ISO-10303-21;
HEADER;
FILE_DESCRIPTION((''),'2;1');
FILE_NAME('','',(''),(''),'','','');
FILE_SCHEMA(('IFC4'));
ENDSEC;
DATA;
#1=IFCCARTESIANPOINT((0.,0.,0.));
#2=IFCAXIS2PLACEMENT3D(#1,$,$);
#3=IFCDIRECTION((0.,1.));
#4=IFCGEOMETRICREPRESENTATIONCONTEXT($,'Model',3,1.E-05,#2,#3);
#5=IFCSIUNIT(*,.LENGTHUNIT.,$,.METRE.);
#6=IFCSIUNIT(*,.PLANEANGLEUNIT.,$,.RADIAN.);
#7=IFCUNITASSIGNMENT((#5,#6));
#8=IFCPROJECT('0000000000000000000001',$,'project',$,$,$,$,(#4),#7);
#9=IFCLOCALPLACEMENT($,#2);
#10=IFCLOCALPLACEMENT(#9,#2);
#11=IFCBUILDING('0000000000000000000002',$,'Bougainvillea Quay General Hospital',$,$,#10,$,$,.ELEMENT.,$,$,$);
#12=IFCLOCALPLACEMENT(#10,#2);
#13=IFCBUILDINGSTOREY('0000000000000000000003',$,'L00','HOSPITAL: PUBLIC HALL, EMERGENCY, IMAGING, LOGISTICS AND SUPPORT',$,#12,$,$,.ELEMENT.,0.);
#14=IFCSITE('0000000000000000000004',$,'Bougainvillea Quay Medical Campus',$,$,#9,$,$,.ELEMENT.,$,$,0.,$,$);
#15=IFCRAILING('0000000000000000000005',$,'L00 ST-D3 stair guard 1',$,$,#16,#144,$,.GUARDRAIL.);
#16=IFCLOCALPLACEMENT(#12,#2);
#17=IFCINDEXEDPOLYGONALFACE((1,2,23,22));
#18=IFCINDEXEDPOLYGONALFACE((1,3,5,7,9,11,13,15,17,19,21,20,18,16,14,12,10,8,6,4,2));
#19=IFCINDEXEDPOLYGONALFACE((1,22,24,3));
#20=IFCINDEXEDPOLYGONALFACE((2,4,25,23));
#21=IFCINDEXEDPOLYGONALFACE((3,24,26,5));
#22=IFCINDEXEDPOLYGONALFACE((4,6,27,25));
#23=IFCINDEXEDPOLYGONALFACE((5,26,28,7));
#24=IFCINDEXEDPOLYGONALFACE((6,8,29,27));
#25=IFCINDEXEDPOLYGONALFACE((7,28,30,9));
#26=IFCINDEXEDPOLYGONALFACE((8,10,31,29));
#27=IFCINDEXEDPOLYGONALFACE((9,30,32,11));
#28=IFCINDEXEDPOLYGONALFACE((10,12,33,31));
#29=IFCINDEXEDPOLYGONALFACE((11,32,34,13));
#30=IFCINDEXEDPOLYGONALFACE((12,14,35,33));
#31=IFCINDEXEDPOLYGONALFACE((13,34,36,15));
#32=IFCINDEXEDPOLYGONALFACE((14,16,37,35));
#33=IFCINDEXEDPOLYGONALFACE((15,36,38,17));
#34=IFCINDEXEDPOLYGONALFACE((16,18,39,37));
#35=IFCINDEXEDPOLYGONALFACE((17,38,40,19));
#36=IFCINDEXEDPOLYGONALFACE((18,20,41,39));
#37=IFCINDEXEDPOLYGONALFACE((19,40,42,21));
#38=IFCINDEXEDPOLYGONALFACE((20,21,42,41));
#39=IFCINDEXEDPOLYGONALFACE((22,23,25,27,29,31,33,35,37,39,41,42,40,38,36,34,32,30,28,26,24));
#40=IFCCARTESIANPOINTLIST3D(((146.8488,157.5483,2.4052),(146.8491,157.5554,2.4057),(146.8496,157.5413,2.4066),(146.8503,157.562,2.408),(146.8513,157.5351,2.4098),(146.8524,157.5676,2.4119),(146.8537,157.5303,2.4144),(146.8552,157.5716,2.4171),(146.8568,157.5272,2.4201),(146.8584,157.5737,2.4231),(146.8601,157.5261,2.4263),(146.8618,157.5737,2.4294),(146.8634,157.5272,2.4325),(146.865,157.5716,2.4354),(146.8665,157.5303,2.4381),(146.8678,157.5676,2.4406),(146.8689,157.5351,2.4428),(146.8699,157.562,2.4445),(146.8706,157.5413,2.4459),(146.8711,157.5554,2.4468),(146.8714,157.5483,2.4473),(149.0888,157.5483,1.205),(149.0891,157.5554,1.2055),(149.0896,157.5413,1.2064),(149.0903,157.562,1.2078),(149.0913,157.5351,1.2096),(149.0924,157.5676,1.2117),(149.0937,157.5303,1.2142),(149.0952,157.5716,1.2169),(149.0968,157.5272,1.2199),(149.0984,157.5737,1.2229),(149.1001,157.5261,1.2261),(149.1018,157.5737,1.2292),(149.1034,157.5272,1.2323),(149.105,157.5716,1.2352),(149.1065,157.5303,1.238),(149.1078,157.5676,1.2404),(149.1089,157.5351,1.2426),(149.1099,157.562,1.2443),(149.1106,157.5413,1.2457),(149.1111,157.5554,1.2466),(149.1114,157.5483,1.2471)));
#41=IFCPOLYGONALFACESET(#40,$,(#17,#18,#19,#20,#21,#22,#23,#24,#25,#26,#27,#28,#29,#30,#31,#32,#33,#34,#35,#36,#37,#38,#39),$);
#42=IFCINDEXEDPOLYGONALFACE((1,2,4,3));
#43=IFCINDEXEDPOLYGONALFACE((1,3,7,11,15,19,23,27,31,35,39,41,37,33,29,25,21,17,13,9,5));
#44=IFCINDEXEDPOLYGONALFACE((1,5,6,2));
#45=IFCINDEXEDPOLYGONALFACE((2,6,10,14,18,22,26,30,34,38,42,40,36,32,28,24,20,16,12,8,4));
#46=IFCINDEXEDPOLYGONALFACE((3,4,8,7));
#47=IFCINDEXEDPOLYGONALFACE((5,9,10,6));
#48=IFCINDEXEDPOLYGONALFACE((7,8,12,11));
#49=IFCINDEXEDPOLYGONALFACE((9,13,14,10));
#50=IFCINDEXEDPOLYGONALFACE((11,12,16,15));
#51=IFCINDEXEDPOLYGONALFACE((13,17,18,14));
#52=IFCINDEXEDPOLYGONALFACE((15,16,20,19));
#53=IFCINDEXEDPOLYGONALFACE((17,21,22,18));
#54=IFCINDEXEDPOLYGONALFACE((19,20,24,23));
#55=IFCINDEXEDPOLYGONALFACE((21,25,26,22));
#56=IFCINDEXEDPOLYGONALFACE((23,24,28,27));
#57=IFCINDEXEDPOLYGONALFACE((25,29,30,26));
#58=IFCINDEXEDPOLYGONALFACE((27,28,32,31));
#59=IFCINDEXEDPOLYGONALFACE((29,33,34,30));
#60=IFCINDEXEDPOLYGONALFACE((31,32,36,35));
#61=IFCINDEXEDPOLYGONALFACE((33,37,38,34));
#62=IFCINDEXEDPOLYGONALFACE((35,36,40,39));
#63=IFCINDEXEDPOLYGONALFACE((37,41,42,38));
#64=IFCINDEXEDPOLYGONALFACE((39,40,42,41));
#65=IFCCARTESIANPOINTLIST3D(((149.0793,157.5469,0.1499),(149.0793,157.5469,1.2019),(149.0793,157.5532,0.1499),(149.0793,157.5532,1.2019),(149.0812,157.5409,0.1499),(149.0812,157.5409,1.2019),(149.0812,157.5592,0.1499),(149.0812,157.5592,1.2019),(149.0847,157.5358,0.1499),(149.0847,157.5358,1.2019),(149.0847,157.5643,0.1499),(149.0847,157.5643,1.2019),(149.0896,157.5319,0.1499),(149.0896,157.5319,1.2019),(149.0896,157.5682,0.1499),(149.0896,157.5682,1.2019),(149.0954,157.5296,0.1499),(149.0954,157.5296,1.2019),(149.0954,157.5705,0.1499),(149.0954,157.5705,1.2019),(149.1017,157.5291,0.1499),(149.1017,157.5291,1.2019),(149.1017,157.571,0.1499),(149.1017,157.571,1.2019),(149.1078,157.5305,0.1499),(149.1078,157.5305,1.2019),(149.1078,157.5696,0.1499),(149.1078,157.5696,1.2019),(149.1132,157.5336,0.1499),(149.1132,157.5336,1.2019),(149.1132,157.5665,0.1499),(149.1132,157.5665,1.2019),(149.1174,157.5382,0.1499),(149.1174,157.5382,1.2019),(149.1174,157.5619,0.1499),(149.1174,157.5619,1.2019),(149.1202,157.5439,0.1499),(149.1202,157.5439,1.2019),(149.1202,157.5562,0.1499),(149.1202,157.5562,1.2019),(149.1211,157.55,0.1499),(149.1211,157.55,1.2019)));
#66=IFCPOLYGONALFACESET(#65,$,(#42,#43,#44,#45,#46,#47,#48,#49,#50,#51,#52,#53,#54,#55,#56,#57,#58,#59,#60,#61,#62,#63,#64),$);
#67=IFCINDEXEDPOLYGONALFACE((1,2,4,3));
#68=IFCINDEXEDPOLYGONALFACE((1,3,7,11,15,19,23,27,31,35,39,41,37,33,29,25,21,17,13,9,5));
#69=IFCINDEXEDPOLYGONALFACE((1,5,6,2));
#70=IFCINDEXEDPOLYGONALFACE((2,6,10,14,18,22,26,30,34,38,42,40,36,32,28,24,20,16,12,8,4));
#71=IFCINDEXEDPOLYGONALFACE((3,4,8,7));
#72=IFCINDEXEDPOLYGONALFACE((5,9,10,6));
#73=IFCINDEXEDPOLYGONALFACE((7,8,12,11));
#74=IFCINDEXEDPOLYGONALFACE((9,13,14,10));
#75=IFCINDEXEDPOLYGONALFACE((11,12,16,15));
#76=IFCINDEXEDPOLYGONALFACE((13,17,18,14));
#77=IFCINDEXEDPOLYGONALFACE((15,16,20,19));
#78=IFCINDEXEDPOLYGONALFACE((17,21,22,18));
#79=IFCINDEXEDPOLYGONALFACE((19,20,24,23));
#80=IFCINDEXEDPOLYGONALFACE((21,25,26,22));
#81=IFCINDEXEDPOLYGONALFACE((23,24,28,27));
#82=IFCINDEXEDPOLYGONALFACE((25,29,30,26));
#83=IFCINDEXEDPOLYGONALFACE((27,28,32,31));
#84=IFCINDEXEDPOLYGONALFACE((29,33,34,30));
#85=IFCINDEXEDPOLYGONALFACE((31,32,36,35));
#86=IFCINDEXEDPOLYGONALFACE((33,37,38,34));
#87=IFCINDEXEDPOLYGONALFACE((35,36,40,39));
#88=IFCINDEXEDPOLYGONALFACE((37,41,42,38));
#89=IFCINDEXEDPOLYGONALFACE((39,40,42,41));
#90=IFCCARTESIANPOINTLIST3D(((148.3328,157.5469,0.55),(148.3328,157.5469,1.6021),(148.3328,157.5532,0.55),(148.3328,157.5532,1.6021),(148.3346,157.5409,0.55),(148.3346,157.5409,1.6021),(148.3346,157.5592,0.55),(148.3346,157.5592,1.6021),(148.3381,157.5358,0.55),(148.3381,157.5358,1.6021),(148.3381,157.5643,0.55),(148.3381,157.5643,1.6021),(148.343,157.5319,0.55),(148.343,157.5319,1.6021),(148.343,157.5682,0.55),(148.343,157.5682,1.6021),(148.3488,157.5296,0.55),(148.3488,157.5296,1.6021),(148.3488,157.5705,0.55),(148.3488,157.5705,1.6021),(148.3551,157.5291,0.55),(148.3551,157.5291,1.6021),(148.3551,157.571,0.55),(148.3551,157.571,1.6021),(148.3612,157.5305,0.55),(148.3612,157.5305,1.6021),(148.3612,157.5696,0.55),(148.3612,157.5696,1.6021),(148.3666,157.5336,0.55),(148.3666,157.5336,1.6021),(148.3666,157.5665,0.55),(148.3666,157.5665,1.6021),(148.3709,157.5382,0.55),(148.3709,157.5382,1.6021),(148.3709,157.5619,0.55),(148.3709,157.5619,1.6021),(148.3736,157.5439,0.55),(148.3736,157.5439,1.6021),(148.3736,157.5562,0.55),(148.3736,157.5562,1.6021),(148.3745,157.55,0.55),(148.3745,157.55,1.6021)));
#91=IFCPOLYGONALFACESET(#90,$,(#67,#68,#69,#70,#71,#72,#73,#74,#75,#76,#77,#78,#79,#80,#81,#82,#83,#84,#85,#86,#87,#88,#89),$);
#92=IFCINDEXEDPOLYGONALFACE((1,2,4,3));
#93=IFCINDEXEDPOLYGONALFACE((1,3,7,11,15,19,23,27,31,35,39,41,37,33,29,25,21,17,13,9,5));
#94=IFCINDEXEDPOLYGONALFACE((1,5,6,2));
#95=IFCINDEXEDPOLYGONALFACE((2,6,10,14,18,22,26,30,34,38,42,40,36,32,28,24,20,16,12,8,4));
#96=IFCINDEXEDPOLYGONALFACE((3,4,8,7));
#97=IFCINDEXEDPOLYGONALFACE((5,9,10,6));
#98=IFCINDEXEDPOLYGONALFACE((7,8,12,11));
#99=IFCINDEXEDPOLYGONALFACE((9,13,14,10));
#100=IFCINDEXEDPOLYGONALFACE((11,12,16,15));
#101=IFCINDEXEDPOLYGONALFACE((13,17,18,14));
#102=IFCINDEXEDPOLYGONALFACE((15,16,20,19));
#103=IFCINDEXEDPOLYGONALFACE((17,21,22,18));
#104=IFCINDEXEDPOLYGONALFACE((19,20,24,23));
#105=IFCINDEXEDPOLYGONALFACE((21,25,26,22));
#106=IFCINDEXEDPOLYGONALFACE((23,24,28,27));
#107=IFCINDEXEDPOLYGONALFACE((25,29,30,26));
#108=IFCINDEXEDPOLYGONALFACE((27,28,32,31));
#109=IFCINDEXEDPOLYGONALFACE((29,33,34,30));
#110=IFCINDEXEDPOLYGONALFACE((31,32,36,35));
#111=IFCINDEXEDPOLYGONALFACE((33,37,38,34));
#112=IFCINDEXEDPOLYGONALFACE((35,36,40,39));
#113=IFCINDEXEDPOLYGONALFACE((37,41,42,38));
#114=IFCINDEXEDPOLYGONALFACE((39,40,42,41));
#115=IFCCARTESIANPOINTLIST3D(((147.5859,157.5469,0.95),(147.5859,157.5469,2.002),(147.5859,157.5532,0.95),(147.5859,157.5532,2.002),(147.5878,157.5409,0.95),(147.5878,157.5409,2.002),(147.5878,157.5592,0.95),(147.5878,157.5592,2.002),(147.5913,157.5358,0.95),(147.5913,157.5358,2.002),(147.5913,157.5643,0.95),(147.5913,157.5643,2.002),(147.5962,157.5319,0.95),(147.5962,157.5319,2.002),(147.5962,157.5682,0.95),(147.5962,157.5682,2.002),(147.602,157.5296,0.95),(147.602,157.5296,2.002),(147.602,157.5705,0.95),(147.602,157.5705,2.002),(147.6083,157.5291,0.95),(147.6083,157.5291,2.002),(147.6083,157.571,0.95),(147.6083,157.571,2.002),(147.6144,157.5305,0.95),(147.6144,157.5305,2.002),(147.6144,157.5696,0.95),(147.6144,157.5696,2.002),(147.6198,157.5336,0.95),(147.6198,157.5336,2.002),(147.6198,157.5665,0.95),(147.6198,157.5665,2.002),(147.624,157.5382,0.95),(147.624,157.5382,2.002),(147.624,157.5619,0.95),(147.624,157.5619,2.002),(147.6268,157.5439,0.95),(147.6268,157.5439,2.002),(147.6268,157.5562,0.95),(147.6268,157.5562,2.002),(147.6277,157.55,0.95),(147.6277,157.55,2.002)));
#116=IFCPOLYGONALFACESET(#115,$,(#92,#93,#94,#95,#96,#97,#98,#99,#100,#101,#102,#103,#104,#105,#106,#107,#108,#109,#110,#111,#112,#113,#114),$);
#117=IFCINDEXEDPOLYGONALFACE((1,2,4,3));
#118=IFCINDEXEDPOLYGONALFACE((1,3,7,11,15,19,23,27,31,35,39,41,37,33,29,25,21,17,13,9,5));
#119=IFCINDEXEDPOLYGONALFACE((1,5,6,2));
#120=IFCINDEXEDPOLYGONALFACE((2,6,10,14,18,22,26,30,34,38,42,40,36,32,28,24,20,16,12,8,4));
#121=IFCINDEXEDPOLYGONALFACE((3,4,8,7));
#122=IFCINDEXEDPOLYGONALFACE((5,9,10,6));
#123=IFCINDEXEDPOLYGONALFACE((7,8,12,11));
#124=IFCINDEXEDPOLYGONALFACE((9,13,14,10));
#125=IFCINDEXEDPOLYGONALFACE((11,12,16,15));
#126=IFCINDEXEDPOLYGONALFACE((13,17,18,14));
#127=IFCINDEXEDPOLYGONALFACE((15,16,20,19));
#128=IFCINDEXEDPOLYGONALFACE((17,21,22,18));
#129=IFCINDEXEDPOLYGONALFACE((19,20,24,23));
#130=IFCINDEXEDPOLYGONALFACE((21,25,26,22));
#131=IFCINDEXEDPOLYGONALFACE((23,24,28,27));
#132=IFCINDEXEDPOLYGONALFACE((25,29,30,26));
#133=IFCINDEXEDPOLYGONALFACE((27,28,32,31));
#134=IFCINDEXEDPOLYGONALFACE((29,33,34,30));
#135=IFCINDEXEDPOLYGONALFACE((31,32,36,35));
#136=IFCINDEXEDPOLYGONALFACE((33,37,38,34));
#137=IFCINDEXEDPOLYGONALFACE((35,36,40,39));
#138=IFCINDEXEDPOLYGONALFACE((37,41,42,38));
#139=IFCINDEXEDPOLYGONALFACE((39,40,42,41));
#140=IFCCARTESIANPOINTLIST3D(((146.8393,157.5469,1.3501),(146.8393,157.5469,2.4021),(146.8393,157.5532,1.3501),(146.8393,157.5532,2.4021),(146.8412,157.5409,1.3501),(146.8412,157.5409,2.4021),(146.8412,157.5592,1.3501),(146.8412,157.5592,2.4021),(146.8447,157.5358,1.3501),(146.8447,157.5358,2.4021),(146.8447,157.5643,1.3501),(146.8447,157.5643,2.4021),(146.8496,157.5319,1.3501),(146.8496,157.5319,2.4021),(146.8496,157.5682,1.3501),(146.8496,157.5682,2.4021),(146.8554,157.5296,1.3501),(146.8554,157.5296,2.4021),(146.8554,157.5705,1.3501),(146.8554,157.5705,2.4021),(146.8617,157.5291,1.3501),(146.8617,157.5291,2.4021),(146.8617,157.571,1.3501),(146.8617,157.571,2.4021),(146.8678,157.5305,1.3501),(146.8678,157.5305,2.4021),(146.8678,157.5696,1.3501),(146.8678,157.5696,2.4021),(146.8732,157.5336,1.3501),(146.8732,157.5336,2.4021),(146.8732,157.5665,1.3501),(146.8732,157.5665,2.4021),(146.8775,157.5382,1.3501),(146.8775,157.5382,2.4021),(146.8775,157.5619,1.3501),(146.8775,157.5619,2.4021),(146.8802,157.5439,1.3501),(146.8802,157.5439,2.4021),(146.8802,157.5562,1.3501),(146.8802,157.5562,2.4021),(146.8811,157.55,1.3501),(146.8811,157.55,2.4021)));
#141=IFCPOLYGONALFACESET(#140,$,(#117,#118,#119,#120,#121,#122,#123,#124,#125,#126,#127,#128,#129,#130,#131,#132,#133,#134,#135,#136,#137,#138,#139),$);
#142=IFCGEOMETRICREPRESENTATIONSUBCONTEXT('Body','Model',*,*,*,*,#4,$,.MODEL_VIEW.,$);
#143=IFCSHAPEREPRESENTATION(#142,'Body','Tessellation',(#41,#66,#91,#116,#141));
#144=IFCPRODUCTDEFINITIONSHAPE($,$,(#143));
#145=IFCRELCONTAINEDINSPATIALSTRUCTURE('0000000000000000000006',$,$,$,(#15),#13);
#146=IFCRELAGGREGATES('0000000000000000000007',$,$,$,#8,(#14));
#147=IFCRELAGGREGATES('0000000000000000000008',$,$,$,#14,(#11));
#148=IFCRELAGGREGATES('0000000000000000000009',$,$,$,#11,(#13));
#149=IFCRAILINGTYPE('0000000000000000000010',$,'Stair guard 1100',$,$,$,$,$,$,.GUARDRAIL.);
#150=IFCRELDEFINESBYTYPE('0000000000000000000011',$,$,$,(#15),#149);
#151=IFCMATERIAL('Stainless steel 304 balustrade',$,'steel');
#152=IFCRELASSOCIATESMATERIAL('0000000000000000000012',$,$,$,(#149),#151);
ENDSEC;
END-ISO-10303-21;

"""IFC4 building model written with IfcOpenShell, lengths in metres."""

from ifc_helpers import new_model, si_unit, direction, frame, origin, origin_2d, place, context, subcontext, project, spatial, circle, extrude, material, type_object, element, save


model = new_model("IFC4")

# Units and contexts
model_context = context("Model", 3, precision=1e-05, world=origin(), true_north=direction((0.0, 1.0)))
body_context = subcontext(model_context, "Body", "Model", "MODEL_VIEW")
ifc_project = project(units=[si_unit("LENGTHUNIT", "METRE"), si_unit("PLANEANGLEUNIT", "RADIAN")], contexts=[model_context])

# Site, building, storey
site_placement = place(None, origin())
site = spatial("IfcSite", under=ifc_project, at=site_placement, Name="Bougainvillea Quay Medical Campus", CompositionType="ELEMENT", RefElevation=0.0)
building_placement = place(site_placement, origin())
building = spatial("IfcBuilding", under=site, at=building_placement, Name="Bougainvillea Quay General Hospital", CompositionType="ELEMENT")
storey_placement = place(building_placement, origin())
storey = spatial("IfcBuildingStorey", under=building, at=storey_placement, Name="L00", Description="HOSPITAL: PUBLIC HALL, EMERGENCY, IMAGING, LOGISTICS AND SUPPORT", CompositionType="ELEMENT", Elevation=0.0)

# Railing
ifc_material_1 = material(Name="Stainless steel 304 balustrade", Category="steel")
railing_type_1 = type_object("IfcRailingType", Name="Stair guard 1100", PredefinedType="GUARDRAIL", material=ifc_material_1)
railing_1_placement = place(storey_placement, frame((149.1001, 157.55, 0.1499)))
element("IfcRailing", 1, at=railing_1_placement, inside=storey, type_object=railing_type_1, Name="L00 ST-D3 stair guard 1", PredefinedType="GUARDRAIL", context=body_context, shape_type="SweptSolid", body=[
    extrude(circle(Radius=0.0239, at=origin_2d()), frame((0.0, 0.0, 1.0762), z_axis=(-0.881447, 0.0, 0.472283), x_axis=(0.0, -1.0, 0.0)), (0.0, 0.0, 1.0), 2.5413),
    extrude(circle(Radius=0.021, at=origin_2d()), origin(), (0.0, 0.0, 1.0), 1.052),
    extrude(circle(Radius=0.021, at=origin_2d()), frame((-0.7466, 0.0, 0.4001)), (0.0, 0.0, 1.0), 1.052),
    extrude(circle(Radius=0.021, at=origin_2d()), frame((-1.4934, 0.0, 0.8)), (0.0, 0.0, 1.0), 1.052),
    extrude(circle(Radius=0.021, at=origin_2d()), frame((-2.24, 0.0, 1.2002)), (0.0, 0.0, 1.0), 1.052),
])

save(model, "model.ifc")
